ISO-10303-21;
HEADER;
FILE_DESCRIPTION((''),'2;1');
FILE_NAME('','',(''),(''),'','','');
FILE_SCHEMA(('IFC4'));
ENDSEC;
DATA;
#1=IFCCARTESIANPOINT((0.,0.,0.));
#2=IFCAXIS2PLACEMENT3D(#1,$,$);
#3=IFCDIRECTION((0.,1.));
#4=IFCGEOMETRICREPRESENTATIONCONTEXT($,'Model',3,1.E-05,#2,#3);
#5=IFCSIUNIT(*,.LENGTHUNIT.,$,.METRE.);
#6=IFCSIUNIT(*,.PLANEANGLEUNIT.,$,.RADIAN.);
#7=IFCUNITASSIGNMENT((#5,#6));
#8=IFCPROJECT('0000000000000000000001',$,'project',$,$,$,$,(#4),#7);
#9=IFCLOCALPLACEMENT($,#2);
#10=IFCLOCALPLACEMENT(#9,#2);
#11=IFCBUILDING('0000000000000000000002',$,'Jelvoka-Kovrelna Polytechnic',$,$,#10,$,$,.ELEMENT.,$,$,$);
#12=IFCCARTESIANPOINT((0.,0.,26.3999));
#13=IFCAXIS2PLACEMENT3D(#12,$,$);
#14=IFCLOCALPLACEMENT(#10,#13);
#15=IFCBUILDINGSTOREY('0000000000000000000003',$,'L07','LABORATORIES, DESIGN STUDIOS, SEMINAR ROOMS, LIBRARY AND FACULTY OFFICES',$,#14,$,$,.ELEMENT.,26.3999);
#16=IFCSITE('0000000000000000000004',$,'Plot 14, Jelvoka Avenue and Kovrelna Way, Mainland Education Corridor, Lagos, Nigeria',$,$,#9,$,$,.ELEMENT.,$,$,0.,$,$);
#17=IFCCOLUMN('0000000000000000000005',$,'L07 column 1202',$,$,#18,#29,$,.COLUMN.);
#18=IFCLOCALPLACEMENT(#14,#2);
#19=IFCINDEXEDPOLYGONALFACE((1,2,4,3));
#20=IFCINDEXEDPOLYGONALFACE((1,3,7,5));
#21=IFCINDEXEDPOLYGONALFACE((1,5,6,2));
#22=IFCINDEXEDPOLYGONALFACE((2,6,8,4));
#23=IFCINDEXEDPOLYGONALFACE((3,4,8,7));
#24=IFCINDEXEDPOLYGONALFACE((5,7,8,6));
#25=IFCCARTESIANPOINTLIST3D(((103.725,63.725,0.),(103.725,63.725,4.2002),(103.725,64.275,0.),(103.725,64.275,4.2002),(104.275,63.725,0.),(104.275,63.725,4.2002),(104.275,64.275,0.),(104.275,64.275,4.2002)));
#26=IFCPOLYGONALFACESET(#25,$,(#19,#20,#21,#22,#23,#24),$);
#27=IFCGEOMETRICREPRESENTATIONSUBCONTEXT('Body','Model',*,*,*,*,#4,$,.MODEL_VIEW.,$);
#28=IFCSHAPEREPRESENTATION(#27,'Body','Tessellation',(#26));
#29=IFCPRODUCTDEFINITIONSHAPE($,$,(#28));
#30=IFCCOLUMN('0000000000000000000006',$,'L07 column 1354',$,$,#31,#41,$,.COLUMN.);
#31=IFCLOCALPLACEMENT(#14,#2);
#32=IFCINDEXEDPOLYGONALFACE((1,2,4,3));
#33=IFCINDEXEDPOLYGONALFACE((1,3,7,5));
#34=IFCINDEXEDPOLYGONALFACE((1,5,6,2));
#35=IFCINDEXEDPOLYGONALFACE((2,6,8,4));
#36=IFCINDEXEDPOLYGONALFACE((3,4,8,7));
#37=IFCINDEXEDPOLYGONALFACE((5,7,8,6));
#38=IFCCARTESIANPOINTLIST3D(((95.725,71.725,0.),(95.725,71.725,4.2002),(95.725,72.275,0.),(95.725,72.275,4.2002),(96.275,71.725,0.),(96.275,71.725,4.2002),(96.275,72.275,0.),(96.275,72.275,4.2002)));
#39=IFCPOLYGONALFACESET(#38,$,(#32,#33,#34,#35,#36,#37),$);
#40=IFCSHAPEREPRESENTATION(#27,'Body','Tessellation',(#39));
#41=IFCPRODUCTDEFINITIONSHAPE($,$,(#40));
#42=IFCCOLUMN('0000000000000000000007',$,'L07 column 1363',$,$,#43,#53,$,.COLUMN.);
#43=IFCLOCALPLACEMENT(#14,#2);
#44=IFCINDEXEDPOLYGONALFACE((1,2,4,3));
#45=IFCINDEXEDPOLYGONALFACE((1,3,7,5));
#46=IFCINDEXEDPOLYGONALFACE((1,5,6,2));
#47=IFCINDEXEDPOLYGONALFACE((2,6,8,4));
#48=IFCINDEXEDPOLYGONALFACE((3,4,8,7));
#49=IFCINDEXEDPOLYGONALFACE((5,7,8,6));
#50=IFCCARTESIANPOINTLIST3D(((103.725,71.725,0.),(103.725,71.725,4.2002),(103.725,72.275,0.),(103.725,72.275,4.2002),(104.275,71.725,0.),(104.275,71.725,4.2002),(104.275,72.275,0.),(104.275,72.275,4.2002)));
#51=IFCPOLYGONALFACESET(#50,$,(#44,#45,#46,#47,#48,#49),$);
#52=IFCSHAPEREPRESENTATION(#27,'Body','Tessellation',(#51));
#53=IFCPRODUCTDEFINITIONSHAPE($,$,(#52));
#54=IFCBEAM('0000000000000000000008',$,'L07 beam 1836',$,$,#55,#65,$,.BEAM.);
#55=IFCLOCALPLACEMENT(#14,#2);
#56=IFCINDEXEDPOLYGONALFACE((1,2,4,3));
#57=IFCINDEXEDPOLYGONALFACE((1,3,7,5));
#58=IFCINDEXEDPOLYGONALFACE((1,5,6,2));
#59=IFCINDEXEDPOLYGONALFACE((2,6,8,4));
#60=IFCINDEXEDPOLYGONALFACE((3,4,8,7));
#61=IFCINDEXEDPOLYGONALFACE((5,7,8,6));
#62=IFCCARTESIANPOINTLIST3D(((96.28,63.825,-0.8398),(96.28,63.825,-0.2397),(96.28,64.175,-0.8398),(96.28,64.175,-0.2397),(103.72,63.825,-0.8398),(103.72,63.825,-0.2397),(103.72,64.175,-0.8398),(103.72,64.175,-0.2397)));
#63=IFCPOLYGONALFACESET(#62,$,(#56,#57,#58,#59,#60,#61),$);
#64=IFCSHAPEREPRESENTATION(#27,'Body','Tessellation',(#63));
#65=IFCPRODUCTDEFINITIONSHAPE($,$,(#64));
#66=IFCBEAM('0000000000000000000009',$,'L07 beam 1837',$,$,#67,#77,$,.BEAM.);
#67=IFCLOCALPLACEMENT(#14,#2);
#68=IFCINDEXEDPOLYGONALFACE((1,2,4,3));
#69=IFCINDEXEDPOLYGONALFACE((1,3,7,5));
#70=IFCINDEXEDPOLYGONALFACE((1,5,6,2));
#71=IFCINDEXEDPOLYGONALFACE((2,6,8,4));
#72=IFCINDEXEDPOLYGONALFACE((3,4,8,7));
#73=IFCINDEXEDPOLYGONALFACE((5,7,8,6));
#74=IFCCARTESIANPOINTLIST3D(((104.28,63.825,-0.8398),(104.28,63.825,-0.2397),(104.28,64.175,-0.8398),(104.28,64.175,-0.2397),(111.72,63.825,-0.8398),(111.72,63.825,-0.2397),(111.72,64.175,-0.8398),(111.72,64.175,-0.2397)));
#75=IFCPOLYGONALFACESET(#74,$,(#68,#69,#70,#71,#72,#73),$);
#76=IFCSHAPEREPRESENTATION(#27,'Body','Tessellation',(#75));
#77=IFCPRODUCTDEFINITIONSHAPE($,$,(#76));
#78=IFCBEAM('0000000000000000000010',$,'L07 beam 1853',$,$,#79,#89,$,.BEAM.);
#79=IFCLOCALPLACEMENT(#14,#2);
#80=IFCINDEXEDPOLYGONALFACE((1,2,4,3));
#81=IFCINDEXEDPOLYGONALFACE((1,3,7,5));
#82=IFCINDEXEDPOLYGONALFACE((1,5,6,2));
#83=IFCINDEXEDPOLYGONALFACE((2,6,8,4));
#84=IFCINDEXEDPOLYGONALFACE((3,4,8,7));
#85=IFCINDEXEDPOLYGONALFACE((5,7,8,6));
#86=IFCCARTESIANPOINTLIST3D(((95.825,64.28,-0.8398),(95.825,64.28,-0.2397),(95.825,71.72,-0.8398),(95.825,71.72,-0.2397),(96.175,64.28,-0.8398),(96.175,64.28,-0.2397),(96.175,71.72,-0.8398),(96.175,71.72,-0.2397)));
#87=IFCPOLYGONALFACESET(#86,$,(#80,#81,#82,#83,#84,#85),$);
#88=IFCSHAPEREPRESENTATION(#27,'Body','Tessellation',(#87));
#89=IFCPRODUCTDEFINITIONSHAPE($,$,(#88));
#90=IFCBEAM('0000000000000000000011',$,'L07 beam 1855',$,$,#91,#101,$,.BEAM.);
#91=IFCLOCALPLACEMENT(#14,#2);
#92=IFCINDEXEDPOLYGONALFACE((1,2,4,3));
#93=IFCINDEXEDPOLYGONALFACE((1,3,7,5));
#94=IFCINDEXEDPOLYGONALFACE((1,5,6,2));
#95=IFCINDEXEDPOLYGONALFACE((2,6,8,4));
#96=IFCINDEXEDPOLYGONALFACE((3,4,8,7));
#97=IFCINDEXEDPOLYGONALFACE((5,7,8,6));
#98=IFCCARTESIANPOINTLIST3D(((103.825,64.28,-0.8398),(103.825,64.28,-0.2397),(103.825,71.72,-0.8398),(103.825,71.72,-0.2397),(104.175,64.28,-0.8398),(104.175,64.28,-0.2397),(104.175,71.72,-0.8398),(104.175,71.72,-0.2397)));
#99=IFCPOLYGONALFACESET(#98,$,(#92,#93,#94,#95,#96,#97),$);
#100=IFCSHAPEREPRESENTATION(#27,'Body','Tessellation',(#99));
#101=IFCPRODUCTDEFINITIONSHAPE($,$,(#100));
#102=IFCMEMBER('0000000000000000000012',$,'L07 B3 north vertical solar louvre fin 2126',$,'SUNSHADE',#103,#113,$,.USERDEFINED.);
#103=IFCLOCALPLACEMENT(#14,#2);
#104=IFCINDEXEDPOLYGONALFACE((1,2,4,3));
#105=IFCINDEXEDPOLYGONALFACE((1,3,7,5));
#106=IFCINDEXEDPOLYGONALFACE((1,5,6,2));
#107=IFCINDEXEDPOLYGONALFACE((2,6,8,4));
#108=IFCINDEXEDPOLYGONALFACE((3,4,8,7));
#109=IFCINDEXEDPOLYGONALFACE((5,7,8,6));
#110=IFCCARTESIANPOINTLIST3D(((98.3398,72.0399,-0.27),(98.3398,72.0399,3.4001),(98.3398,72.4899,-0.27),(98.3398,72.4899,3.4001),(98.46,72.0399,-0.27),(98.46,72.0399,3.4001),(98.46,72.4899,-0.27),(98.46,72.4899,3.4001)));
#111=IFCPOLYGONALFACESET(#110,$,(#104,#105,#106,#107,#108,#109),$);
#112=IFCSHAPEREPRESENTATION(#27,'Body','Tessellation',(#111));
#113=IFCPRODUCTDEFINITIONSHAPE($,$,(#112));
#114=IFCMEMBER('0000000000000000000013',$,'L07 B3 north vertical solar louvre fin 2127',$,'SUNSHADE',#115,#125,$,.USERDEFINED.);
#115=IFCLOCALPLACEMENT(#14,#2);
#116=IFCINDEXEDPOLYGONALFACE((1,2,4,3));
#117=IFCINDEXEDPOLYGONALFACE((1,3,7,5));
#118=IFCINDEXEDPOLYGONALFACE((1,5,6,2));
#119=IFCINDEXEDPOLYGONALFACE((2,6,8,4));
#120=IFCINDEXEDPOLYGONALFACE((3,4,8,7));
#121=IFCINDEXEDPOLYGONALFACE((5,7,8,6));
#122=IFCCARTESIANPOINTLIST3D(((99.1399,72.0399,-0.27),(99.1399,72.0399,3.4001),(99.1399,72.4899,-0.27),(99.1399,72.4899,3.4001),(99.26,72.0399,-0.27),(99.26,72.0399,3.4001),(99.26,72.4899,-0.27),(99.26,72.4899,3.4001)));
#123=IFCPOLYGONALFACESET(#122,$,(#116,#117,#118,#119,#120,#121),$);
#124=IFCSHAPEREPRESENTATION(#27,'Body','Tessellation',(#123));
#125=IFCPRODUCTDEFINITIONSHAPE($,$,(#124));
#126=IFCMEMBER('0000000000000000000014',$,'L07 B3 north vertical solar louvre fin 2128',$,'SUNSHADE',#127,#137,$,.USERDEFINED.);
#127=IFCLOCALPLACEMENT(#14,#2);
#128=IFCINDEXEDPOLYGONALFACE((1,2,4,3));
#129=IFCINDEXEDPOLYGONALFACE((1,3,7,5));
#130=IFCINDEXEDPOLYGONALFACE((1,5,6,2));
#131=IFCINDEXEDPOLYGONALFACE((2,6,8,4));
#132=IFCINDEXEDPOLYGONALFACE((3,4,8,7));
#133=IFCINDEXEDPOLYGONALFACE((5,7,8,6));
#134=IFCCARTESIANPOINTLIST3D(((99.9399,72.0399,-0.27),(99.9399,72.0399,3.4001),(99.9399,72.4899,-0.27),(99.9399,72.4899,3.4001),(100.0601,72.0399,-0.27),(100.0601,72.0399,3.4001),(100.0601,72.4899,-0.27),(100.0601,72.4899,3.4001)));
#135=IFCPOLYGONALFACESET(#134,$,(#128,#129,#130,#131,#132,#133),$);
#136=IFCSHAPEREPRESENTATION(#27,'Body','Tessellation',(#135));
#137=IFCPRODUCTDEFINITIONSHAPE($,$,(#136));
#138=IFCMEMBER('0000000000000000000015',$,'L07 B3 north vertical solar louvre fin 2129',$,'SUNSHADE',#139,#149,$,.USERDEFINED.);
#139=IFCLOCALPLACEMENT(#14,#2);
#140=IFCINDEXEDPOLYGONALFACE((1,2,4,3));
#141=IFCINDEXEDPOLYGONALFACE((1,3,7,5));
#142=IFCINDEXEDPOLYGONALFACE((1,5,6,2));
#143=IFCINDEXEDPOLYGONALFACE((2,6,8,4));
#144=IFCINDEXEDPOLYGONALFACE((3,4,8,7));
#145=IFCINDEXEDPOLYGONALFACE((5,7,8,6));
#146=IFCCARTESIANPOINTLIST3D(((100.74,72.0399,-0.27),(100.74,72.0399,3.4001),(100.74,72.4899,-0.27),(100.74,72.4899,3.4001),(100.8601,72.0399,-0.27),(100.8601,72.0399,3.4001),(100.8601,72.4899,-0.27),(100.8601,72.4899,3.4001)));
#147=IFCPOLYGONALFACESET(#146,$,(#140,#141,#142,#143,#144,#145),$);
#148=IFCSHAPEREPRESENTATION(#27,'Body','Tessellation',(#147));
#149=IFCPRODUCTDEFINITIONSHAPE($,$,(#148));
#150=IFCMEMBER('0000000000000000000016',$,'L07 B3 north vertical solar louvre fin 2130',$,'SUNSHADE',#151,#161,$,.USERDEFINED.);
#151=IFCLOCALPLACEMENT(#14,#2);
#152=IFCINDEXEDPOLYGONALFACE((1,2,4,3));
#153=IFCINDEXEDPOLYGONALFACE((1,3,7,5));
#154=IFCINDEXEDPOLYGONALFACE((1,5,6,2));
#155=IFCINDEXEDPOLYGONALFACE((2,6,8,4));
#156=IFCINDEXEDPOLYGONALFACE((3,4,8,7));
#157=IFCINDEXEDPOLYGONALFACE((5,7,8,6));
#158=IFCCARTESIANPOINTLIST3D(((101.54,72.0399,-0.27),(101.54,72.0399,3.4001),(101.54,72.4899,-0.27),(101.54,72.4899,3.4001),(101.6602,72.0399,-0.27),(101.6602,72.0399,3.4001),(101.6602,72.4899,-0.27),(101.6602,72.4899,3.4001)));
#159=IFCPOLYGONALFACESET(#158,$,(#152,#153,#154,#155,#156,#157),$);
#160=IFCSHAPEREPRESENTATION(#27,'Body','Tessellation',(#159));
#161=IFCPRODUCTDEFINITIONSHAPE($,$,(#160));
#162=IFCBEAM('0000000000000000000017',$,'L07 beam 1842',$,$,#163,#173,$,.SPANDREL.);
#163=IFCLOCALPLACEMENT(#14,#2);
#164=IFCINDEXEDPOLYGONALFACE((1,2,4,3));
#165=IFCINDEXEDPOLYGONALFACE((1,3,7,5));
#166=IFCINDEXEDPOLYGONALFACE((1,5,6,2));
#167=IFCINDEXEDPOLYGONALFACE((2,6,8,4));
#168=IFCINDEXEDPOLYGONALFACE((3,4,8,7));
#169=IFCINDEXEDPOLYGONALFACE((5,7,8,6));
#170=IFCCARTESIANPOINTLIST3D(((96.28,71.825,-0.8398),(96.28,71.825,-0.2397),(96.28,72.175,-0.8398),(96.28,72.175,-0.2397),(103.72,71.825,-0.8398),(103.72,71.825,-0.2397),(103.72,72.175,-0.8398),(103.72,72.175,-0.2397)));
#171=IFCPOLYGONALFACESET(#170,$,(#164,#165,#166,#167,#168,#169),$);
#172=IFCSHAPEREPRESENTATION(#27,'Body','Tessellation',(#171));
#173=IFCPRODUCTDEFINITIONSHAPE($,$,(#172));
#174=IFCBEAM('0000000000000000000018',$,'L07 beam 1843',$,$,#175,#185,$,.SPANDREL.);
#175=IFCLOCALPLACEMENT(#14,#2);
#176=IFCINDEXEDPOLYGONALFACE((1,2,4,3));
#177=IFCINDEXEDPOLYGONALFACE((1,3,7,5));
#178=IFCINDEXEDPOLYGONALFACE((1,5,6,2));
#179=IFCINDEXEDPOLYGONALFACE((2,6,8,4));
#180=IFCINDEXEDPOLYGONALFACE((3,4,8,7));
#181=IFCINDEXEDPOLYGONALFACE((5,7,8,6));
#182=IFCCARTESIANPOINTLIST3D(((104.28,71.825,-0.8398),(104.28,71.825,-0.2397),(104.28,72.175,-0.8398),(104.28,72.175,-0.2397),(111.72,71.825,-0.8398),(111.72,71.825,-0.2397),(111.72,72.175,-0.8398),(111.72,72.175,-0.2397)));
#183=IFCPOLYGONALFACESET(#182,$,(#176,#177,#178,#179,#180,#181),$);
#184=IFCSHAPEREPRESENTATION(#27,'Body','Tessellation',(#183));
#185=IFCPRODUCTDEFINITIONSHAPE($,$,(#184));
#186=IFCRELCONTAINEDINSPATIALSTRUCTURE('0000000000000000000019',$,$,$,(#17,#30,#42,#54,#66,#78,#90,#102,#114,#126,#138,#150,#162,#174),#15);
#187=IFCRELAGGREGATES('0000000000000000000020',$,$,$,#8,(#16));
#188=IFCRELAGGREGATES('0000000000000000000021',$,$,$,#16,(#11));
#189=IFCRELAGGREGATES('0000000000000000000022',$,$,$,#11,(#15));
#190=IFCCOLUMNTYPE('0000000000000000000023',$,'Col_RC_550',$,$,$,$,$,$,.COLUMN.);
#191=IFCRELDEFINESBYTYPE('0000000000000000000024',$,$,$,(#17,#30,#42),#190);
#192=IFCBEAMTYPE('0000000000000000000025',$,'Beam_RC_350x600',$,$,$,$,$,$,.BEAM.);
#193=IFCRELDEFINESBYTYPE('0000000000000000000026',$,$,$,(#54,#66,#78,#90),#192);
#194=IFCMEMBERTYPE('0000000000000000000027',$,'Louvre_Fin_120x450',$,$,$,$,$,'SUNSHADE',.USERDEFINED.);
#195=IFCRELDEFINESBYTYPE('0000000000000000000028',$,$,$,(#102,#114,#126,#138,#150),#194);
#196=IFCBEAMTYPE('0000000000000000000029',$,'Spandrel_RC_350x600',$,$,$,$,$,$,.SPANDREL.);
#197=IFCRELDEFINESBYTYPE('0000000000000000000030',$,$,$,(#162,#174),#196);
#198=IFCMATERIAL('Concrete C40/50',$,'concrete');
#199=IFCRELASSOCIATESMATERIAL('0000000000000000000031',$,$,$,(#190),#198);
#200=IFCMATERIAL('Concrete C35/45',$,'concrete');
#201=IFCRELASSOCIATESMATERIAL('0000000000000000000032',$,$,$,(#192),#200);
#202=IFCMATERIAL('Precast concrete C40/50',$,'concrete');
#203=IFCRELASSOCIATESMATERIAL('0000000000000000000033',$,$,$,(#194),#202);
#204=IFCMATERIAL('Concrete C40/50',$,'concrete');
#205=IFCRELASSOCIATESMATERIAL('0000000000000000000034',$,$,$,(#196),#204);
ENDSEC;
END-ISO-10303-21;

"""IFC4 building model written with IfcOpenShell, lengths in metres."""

from ifc_helpers import new_model, si_unit, direction, frame, origin, origin_2d, place, context, subcontext, project, spatial, rectangle, extrude, material, material_profile, profile_set, type_object, element, save


model = new_model("IFC4")

# Units and contexts
model_context = context("Model", 3, precision=1e-05, world=origin(), true_north=direction((0.0, 1.0)))
body_context = subcontext(model_context, "Body", "Model", "MODEL_VIEW")
ifc_project = project(units=[si_unit("LENGTHUNIT", "METRE"), si_unit("PLANEANGLEUNIT", "RADIAN")], contexts=[model_context])

# Site, building, storey
site_placement = place(None, origin())
site = spatial("IfcSite", under=ifc_project, at=site_placement, Name="Plot 14, Jelvoka Avenue and Kovrelna Way, Mainland Education Corridor, Lagos, Nigeria", CompositionType="ELEMENT", RefElevation=0.0)
building_placement = place(site_placement, origin())
building = spatial("IfcBuilding", under=site, at=building_placement, Name="Jelvoka-Kovrelna Polytechnic", CompositionType="ELEMENT")
storey_placement = place(building_placement, frame((0.0, 0.0, 26.3999)))
storey = spatial("IfcBuildingStorey", under=building, at=storey_placement, Name="L07", Description="LABORATORIES, DESIGN STUDIOS, SEMINAR ROOMS, LIBRARY AND FACULTY OFFICES", CompositionType="ELEMENT", Elevation=26.3999)

# Columns
ifc_material_1 = material(Name="Concrete C40/50", Category="concrete")
ifc_material_profile_1 = material_profile(ifc_material_1, rectangle(XDim=0.55, YDim=0.55, at=origin_2d()), Name="RC 550x550")
ifc_profile_set_1 = profile_set([ifc_material_profile_1], Name="Concrete C40/50")
column_type = type_object("IfcColumnType", Name="Col_RC_550", PredefinedType="COLUMN", material=ifc_profile_set_1)
for number, where, z_axis, x_axis, name in (
    (1, (104.0, 64.0, 0.0), (0.0, 0.0, 1.0), (1.0, 0.0, 0.0), "L07 column 1202"),
    (2, (96.0, 72.0, 0.0), (0.0, 0.0, 1.0), (1.0, 0.0, 0.0), "L07 column 1354"),
    (3, (104.0, 72.0, 0.0), (0.0, 0.0, 1.0), (1.0, 0.0, 0.0), "L07 column 1363"),
):
    element("IfcColumn", number, at=place(storey_placement, frame(where, z_axis=z_axis, x_axis=x_axis)), inside=storey, type_object=column_type, Name=name, PredefinedType="COLUMN", context=body_context, shape_type="SweptSolid", body=[
        extrude(rectangle(XDim=0.55, YDim=0.55, at=origin_2d()), origin(), (0.0, 0.0, 1.0), 4.2002),
    ])

# Beams
ifc_material_2 = material(Name="Concrete C35/45", Category="concrete")
ifc_material_profile_2 = material_profile(ifc_material_2, rectangle(XDim=0.3501, YDim=0.6001, at=origin_2d()), Name="RC 350x600")
ifc_profile_set_2 = profile_set([ifc_material_profile_2], Name="Concrete C35/45")
beam_type_1 = type_object("IfcBeamType", Name="Beam_RC_350x600", PredefinedType="BEAM", material=ifc_profile_set_2)
for number, where, z_axis, x_axis, name in (
    (4, (96.28, 64.0, -0.5398), (1.0, 0.0, 0.0), (0.0, 1.0, 0.0), "L07 beam 1836"),
    (5, (104.28, 64.0, -0.5398), (1.0, 0.0, 0.0), (0.0, 1.0, 0.0), "L07 beam 1837"),
    (6, (96.0, 64.28, -0.5398), (0.0, 1.0, 0.0), (-1.0, 0.0, 0.0), "L07 beam 1853"),
    (7, (104.0, 64.28, -0.5398), (0.0, 1.0, 0.0), (-1.0, 0.0, 0.0), "L07 beam 1855"),
):
    element("IfcBeam", number, at=place(storey_placement, frame(where, z_axis=z_axis, x_axis=x_axis)), inside=storey, type_object=beam_type_1, Name=name, PredefinedType="BEAM", context=body_context, shape_type="SweptSolid", body=[
        extrude(rectangle(XDim=0.3501, YDim=0.6001, at=origin_2d()), origin(), (0.0, 0.0, 1.0), 7.4399),
    ])

# Members
ifc_material_3 = material(Name="Precast concrete C40/50", Category="concrete")
ifc_material_profile_3 = material_profile(ifc_material_3, rectangle(XDim=0.1201, YDim=0.45, at=origin_2d()), Name="PC 120x450")
ifc_profile_set_3 = profile_set([ifc_material_profile_3], Name="Precast concrete C40/50")
member_type = type_object("IfcMemberType", Name="Louvre_Fin_120x450", ElementType="SUNSHADE", PredefinedType="USERDEFINED", material=ifc_profile_set_3)
for number, where, z_axis, x_axis, name in (
    (8, (98.3999, 72.2649, -0.27), (0.0, 0.0, 1.0), (1.0, 0.0, 0.0), "L07 B3 north vertical solar louvre fin 2126"),
    (9, (99.2, 72.2649, -0.27), (0.0, 0.0, 1.0), (1.0, 0.0, 0.0), "L07 B3 north vertical solar louvre fin 2127"),
    (10, (100.0, 72.2649, -0.27), (0.0, 0.0, 1.0), (1.0, 0.0, 0.0), "L07 B3 north vertical solar louvre fin 2128"),
    (11, (100.8, 72.2649, -0.27), (0.0, 0.0, 1.0), (1.0, 0.0, 0.0), "L07 B3 north vertical solar louvre fin 2129"),
    (12, (101.6001, 72.2649, -0.27), (0.0, 0.0, 1.0), (1.0, 0.0, 0.0), "L07 B3 north vertical solar louvre fin 2130"),
):
    element("IfcMember", number, at=place(storey_placement, frame(where, z_axis=z_axis, x_axis=x_axis)), inside=storey, type_object=member_type, Name=name, ObjectType="SUNSHADE", PredefinedType="USERDEFINED", context=body_context, shape_type="SweptSolid", body=[
        extrude(rectangle(XDim=0.1201, YDim=0.45, at=origin_2d()), origin(), (0.0, 0.0, 1.0), 3.6702),
    ])

# Beams
ifc_material_4 = material(Name="Concrete C40/50", Category="concrete")
ifc_material_profile_4 = material_profile(ifc_material_4, rectangle(XDim=0.3501, YDim=0.6001, at=origin_2d()), Name="RC 350x600")
ifc_profile_set_4 = profile_set([ifc_material_profile_4], Name="Concrete C40/50")
beam_type_2 = type_object("IfcBeamType", Name="Spandrel_RC_350x600", PredefinedType="SPANDREL", material=ifc_profile_set_4)
for number, where, z_axis, x_axis, name in (
    (13, (96.28, 72.0, -0.5398), (1.0, 0.0, 0.0), (0.0, 1.0, 0.0), "L07 beam 1842"),
    (14, (104.28, 72.0, -0.5398), (1.0, 0.0, 0.0), (0.0, 1.0, 0.0), "L07 beam 1843"),
):
    element("IfcBeam", number, at=place(storey_placement, frame(where, z_axis=z_axis, x_axis=x_axis)), inside=storey, type_object=beam_type_2, Name=name, PredefinedType="SPANDREL", context=body_context, shape_type="SweptSolid", body=[
        extrude(rectangle(XDim=0.3501, YDim=0.6001, at=origin_2d()), origin(), (0.0, 0.0, 1.0), 7.4399),
    ])

save(model, "model.ifc")
